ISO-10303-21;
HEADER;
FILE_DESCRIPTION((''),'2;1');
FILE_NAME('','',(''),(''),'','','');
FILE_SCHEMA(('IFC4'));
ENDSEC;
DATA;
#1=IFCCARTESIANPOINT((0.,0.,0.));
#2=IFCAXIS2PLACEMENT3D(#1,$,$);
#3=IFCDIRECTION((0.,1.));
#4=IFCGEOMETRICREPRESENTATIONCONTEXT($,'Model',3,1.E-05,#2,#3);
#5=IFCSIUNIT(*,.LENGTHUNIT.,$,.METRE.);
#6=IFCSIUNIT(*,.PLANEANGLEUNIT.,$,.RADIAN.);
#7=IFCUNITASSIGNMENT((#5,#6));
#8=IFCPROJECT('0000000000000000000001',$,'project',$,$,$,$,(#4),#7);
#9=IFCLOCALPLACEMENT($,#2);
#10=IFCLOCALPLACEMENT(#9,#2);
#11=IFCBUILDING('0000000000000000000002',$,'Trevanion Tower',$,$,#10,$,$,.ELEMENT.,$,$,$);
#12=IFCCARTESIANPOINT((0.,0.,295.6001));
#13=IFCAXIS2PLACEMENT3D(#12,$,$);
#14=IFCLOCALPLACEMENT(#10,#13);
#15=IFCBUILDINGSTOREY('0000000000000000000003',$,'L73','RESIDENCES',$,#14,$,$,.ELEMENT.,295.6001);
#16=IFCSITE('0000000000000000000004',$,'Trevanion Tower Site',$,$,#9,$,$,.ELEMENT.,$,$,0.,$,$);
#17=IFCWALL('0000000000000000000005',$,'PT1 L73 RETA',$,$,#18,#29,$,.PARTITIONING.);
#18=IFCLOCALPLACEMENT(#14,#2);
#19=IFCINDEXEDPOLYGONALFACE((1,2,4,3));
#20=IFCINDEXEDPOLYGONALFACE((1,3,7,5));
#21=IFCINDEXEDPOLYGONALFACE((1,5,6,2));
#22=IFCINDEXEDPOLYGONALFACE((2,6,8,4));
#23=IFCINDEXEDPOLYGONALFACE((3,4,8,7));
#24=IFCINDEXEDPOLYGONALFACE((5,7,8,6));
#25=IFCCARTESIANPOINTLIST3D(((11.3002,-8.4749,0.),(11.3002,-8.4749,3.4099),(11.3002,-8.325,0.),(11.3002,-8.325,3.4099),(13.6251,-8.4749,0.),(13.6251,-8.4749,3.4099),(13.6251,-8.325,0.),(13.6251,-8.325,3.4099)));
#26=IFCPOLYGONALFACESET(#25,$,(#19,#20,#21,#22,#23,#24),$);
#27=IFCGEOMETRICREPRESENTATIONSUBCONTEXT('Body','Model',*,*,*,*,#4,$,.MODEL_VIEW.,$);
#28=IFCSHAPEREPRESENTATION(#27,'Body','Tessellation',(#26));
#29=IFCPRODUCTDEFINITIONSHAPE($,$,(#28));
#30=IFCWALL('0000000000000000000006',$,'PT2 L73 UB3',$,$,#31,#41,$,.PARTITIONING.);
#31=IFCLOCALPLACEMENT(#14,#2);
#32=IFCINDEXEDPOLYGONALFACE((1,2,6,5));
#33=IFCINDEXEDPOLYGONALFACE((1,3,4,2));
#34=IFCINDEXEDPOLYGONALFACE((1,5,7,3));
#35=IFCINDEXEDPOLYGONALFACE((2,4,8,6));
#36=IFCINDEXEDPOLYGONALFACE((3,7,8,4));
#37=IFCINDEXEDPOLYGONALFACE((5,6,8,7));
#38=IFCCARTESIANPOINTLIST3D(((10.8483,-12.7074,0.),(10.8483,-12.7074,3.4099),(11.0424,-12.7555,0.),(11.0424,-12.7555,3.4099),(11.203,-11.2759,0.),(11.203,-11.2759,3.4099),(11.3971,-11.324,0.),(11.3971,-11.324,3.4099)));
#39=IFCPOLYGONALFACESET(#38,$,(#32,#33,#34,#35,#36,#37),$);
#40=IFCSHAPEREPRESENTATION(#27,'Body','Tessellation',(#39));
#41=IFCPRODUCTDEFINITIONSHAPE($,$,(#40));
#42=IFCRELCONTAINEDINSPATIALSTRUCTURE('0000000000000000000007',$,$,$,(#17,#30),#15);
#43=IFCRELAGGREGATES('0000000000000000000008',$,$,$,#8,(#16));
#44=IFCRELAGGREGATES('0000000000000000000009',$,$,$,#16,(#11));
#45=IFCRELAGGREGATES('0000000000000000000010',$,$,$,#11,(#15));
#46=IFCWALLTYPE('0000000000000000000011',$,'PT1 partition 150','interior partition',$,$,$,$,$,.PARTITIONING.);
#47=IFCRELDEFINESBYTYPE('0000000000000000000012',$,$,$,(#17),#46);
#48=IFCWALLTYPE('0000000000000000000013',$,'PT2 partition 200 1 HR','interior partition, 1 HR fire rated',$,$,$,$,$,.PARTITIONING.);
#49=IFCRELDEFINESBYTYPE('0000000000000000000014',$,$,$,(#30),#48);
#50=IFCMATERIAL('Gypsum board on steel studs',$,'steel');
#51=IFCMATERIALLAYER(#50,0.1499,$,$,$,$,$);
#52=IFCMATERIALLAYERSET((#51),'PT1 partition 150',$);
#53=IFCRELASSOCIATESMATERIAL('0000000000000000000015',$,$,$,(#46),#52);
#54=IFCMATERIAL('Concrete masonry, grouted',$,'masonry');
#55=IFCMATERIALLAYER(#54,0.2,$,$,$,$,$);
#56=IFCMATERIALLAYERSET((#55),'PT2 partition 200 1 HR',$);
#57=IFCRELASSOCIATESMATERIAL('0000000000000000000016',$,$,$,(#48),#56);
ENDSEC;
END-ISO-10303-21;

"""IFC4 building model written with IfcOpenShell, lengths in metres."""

from ifc_helpers import new_model, si_unit, direction, frame, frame_2d, origin, place, context, subcontext, project, spatial, rectangle, extrude, material, layer, layer_set, type_object, element, save


model = new_model("IFC4")

# Units and contexts
model_context = context("Model", 3, precision=1e-05, world=origin(), true_north=direction((0.0, 1.0)))
body_context = subcontext(model_context, "Body", "Model", "MODEL_VIEW")
ifc_project = project(units=[si_unit("LENGTHUNIT", "METRE"), si_unit("PLANEANGLEUNIT", "RADIAN")], contexts=[model_context])

# Site, building, storey
site_placement = place(None, origin())
site = spatial("IfcSite", under=ifc_project, at=site_placement, Name="Trevanion Tower Site", CompositionType="ELEMENT", RefElevation=0.0)
building_placement = place(site_placement, origin())
building = spatial("IfcBuilding", under=site, at=building_placement, Name="Trevanion Tower", CompositionType="ELEMENT")
storey_placement = place(building_placement, frame((0.0, 0.0, 295.6001)))
storey = spatial("IfcBuildingStorey", under=building, at=storey_placement, Name="L73", Description="RESIDENCES", CompositionType="ELEMENT", Elevation=295.6001)

# Walls
ifc_material_1 = material(Name="Gypsum board on steel studs", Category="steel")
ifc_layer_1 = layer(ifc_material_1, 0.1499)
ifc_layer_set_1 = layer_set([ifc_layer_1], Name="PT1 partition 150")
wall_type_1 = type_object("IfcWallType", Name="PT1 partition 150", Description="interior partition", PredefinedType="PARTITIONING", material=ifc_layer_set_1)
wall_1_placement = place(storey_placement, frame((11.3, -8.3999, 0.0), z_axis=(0.0, 0.0, 1.0), x_axis=(1.0, 0.0, 0.0)))
element("IfcWall", 1, at=wall_1_placement, inside=storey, type_object=wall_type_1, Name="PT1 L73 RETA", PredefinedType="PARTITIONING", context=body_context, shape_type="SweptSolid", body=[
    extrude(rectangle(XDim=2.325, YDim=0.1499, at=frame_2d((1.1626, 0.0))), origin(), (0.0, 0.0, 1.0), 3.4099),
])
ifc_material_2 = material(Name="Concrete masonry, grouted", Category="masonry")
ifc_layer_2 = layer(ifc_material_2, 0.2)
ifc_layer_set_2 = layer_set([ifc_layer_2], Name="PT2 partition 200 1 HR")
wall_type_2 = type_object("IfcWallType", Name="PT2 partition 200 1 HR", Description="interior partition, 1 HR fire rated", PredefinedType="PARTITIONING", material=ifc_layer_set_2)
wall_2_placement = place(storey_placement, frame((11.3, -11.3, 0.0), z_axis=(0.0, 0.0, 1.0), x_axis=(-0.24051, -0.970647, 0.0)))
element("IfcWall", 2, at=wall_2_placement, inside=storey, type_object=wall_type_2, Name="PT2 L73 UB3", PredefinedType="PARTITIONING", context=body_context, shape_type="SweptSolid", body=[
    extrude(rectangle(XDim=1.4749, YDim=0.2, at=frame_2d((0.7373, 0.0))), origin(), (0.0, 0.0, 1.0), 3.4099),
])

save(model, "model.ifc")
